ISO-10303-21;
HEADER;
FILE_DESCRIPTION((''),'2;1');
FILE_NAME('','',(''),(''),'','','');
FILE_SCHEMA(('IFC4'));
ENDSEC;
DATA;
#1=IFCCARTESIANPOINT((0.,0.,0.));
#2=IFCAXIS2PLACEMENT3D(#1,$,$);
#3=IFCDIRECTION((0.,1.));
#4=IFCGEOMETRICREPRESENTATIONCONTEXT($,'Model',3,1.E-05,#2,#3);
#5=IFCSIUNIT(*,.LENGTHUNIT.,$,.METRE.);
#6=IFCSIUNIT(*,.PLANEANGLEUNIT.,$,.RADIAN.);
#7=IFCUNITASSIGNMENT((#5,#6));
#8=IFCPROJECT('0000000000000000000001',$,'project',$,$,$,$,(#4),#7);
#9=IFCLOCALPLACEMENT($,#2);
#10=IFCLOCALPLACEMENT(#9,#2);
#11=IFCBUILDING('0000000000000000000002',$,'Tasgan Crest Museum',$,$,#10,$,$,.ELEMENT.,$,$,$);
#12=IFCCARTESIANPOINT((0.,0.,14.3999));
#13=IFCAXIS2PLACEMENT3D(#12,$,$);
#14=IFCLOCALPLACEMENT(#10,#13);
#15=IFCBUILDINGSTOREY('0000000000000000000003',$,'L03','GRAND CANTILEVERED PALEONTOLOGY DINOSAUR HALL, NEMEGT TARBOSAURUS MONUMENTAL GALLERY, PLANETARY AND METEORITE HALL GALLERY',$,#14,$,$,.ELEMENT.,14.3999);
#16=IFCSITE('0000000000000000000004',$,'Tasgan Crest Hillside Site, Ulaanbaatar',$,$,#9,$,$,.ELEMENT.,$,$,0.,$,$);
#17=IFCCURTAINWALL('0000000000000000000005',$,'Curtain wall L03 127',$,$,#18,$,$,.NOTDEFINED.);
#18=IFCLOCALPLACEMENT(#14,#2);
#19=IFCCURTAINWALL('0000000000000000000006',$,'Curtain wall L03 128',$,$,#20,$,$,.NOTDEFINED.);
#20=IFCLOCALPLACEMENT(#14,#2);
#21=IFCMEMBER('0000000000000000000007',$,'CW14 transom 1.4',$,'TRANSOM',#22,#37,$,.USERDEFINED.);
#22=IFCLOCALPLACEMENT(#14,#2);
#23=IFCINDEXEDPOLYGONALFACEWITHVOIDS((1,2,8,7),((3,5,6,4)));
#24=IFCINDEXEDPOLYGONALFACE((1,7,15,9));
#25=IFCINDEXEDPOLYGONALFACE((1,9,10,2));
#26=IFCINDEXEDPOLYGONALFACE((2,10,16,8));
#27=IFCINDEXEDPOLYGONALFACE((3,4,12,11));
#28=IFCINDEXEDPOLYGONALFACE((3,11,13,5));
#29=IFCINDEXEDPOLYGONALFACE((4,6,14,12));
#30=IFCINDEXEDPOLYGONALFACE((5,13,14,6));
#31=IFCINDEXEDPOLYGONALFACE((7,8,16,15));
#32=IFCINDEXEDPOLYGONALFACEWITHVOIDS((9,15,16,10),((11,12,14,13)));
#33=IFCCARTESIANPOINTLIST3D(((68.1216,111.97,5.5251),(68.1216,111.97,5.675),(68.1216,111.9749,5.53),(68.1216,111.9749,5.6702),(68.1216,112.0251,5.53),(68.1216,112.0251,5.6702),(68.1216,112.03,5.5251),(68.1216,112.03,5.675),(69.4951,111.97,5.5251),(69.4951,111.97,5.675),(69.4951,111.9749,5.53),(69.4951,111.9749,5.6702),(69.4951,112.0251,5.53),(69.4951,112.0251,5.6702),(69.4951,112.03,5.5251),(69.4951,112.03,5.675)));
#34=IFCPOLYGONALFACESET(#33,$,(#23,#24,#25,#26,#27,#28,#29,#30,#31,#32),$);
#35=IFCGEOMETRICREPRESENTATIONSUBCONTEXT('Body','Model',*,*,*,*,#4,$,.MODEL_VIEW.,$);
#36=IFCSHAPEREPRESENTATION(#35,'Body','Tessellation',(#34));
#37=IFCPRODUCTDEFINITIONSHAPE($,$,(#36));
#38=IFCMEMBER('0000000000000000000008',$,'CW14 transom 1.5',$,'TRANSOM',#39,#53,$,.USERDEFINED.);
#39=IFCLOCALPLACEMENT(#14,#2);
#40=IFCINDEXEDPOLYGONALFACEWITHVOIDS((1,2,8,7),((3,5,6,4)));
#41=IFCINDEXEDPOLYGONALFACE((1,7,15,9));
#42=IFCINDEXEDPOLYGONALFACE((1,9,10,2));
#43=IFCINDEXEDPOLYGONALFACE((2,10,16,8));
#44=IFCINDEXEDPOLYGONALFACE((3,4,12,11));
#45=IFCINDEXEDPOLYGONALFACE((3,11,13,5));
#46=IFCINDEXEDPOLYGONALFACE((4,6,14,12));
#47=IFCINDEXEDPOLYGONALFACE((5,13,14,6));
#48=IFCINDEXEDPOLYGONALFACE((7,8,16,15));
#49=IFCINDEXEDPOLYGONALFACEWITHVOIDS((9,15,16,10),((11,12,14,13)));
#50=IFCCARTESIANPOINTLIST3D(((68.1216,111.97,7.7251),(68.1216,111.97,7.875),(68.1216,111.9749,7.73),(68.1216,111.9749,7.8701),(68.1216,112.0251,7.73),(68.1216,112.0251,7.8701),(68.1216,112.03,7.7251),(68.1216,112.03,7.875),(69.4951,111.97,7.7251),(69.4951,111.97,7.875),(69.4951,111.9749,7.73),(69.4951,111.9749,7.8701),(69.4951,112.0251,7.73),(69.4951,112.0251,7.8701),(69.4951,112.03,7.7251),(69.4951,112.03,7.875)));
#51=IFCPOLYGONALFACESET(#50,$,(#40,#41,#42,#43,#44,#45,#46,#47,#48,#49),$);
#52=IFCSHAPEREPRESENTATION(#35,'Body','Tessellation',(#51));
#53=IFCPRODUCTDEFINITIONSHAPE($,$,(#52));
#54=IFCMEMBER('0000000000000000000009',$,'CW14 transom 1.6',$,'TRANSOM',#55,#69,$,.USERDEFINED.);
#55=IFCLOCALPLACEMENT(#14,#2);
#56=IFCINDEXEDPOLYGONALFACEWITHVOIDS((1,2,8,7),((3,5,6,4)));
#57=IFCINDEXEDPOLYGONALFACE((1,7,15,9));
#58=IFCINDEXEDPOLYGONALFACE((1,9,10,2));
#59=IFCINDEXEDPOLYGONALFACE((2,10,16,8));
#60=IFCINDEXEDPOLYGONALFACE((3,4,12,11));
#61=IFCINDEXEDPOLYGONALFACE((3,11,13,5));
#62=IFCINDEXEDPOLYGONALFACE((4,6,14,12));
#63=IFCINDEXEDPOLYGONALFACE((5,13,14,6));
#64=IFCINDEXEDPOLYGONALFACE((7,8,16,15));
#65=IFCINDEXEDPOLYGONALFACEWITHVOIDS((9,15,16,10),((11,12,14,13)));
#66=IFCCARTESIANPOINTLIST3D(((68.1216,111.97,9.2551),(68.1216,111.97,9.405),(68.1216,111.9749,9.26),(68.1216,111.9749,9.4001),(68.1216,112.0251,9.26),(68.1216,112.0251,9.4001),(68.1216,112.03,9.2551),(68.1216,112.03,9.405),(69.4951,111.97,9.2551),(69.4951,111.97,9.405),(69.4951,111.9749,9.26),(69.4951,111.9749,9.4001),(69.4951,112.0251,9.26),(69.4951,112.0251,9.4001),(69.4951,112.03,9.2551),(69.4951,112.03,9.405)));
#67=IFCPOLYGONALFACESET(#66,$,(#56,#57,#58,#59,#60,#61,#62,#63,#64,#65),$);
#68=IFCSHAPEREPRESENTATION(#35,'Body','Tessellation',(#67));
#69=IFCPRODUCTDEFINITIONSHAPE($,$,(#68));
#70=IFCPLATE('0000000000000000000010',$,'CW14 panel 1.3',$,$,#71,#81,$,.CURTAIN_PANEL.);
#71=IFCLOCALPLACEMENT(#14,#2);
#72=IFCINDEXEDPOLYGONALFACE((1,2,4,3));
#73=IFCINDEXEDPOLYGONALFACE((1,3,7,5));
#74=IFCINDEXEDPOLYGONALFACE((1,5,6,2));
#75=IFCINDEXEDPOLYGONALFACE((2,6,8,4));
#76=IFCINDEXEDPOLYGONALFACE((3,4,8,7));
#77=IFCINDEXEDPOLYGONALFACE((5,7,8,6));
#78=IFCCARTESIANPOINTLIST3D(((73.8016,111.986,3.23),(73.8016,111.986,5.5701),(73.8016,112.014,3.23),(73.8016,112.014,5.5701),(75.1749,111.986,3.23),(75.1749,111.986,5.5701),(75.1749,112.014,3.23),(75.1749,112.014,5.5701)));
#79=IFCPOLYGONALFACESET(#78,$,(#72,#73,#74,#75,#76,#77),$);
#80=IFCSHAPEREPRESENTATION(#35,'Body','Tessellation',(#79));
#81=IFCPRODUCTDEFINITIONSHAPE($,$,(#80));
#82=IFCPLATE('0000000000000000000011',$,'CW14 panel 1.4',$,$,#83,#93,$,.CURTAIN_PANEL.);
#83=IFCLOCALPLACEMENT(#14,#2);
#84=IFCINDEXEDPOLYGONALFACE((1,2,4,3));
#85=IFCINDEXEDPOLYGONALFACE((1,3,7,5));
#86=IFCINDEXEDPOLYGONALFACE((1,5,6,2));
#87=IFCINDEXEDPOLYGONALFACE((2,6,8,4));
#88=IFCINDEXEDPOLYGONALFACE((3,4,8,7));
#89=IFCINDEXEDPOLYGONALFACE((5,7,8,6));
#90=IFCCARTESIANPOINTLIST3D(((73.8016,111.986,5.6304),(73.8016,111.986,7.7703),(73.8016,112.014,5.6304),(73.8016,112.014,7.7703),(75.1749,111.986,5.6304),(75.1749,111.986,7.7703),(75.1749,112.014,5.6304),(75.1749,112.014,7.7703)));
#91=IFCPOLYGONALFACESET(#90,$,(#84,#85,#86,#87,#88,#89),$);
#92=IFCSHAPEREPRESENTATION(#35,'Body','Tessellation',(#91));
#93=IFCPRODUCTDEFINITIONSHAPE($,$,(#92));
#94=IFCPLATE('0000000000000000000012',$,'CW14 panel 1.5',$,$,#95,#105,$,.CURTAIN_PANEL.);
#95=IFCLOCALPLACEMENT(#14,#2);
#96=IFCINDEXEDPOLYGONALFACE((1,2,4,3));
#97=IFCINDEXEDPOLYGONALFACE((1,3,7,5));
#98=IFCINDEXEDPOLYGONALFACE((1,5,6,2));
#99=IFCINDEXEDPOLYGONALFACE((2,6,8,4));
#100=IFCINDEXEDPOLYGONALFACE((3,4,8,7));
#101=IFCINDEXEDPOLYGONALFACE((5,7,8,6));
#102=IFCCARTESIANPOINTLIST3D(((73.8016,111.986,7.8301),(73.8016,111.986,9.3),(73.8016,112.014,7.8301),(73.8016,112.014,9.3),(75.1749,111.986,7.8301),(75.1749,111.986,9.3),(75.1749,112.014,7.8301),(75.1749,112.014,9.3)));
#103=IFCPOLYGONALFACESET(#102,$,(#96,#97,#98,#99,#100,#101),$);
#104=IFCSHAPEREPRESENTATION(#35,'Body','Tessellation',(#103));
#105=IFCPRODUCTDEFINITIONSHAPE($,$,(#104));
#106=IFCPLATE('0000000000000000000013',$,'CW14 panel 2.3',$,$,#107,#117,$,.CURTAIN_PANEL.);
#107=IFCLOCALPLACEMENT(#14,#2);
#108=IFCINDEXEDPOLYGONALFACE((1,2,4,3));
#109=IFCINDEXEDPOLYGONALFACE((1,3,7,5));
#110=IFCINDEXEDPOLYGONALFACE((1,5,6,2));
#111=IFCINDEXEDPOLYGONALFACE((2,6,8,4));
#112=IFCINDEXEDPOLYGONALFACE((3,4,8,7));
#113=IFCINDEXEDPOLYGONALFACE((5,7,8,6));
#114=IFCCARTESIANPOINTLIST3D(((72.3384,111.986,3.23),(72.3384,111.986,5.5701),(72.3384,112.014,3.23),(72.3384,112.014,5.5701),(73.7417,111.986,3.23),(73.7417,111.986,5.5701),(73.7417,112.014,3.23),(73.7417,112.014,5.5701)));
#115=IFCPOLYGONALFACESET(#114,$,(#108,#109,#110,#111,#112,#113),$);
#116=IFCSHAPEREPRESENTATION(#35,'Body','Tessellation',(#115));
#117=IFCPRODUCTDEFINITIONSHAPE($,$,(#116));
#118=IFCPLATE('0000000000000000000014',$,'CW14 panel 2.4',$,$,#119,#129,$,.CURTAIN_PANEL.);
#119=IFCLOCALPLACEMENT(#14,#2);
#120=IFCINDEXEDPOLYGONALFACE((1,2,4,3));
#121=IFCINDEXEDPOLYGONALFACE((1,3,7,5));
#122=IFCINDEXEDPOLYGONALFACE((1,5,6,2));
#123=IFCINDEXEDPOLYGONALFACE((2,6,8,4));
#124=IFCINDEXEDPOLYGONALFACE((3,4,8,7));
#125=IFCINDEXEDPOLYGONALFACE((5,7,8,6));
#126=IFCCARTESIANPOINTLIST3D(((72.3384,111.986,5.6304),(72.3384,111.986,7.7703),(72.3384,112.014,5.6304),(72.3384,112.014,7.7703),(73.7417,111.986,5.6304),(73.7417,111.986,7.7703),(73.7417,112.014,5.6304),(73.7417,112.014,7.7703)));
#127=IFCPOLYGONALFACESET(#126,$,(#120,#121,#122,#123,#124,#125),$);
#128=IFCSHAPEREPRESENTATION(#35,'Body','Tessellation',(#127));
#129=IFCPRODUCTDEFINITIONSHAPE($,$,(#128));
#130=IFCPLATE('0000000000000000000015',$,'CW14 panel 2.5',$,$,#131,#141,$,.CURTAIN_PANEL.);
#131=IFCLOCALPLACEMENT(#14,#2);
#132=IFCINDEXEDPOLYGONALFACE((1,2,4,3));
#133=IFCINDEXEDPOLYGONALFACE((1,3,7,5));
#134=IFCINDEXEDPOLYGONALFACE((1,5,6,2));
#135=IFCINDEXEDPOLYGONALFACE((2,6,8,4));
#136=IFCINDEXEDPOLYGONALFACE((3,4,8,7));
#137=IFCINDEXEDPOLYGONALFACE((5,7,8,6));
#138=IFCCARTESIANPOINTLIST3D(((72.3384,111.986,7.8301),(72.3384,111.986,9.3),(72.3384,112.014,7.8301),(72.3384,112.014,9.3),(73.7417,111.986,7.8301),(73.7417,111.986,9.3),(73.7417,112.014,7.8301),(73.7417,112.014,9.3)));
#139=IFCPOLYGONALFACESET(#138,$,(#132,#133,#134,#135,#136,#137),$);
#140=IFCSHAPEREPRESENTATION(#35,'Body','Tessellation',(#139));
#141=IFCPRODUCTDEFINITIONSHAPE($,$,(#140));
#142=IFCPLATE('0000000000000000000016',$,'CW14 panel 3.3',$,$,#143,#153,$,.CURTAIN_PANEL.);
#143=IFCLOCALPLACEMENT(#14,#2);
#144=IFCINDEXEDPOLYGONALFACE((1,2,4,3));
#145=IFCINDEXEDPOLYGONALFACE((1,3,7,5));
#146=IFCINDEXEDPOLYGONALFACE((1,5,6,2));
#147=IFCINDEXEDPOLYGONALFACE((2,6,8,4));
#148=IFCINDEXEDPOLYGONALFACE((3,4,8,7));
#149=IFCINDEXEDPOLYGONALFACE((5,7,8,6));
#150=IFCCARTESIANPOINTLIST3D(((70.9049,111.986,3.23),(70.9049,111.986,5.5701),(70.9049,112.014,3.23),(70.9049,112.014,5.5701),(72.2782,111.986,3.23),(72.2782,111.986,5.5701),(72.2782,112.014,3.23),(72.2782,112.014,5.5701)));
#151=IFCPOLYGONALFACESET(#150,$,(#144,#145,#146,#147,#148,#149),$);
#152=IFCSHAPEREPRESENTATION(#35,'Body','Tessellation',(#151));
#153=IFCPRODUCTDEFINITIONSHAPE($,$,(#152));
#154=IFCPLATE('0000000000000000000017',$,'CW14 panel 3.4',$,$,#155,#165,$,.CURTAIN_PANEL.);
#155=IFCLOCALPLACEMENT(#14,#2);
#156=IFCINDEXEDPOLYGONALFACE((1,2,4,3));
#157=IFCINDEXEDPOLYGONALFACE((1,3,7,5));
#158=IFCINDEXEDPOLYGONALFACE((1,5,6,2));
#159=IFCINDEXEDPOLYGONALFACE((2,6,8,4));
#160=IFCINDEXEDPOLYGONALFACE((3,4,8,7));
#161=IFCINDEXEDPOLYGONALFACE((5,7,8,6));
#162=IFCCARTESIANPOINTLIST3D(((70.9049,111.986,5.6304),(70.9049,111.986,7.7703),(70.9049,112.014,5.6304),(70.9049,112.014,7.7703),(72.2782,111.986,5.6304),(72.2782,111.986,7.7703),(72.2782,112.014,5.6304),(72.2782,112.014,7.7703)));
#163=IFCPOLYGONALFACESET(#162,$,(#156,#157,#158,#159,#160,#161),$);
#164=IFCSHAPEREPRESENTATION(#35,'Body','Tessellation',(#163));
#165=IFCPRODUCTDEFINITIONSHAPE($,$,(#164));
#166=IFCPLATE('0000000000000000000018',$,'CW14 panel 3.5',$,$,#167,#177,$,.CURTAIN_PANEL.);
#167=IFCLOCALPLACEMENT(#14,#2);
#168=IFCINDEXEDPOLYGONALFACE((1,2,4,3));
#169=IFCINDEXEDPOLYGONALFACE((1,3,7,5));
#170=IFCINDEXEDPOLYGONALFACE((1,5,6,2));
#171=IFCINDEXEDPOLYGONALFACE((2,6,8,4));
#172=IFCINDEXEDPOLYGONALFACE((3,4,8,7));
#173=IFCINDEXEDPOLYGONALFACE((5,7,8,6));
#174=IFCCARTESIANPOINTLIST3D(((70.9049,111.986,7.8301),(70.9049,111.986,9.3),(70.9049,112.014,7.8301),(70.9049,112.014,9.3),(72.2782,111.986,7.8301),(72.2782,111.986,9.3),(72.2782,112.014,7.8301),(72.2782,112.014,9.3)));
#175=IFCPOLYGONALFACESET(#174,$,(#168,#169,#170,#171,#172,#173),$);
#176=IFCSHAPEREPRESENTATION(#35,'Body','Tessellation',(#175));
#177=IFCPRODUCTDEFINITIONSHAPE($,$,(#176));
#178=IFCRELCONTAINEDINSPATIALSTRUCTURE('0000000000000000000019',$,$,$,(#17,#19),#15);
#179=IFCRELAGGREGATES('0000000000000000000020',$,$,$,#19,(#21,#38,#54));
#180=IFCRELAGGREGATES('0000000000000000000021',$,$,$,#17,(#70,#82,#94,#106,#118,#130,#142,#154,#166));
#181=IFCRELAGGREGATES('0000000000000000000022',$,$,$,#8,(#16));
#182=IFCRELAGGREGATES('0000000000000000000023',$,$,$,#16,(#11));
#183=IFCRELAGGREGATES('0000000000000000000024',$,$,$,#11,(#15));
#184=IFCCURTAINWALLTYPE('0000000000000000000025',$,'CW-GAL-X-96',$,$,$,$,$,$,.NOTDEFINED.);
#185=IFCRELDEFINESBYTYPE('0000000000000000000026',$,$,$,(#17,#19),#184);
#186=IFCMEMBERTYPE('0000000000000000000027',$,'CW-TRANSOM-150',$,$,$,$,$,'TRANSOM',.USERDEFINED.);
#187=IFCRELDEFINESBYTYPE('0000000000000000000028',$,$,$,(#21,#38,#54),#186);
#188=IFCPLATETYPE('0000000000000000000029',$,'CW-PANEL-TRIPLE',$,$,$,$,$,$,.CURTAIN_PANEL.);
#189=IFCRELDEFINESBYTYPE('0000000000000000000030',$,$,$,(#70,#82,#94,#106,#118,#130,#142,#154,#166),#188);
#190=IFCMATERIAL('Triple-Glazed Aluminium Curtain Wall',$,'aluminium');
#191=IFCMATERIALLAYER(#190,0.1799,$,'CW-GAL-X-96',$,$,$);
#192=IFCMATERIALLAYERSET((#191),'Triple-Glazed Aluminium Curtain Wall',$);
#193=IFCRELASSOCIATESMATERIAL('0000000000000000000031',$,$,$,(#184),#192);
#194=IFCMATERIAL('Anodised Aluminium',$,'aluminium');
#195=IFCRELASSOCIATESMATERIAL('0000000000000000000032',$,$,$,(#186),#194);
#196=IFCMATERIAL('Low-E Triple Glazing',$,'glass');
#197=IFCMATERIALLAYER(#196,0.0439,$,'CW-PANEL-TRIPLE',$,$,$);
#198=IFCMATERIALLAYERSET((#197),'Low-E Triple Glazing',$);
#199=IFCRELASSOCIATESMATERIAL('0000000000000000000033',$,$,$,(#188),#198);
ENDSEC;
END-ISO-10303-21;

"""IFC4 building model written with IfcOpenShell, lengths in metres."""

from ifc_helpers import new_model, si_unit, direction, frame, origin, origin_2d, place, context, subcontext, project, spatial, rectangle, hollow_rectangle, extrude, material, layer, layer_set, material_profile, profile_set, type_object, element, aggregate, save


model = new_model("IFC4")

# Units and contexts
model_context = context("Model", 3, precision=1e-05, world=origin(), true_north=direction((0.0, 1.0)))
body_context = subcontext(model_context, "Body", "Model", "MODEL_VIEW")
ifc_project = project(units=[si_unit("LENGTHUNIT", "METRE"), si_unit("PLANEANGLEUNIT", "RADIAN")], contexts=[model_context])

# Site, building, storey
site_placement = place(None, origin())
site = spatial("IfcSite", under=ifc_project, at=site_placement, Name="Tasgan Crest Hillside Site, Ulaanbaatar", CompositionType="ELEMENT", RefElevation=0.0)
building_placement = place(site_placement, origin())
building = spatial("IfcBuilding", under=site, at=building_placement, Name="Tasgan Crest Museum", CompositionType="ELEMENT")
storey_placement = place(building_placement, frame((0.0, 0.0, 14.3999)))
storey = spatial("IfcBuildingStorey", under=building, at=storey_placement, Name="L03", Description="GRAND CANTILEVERED PALEONTOLOGY DINOSAUR HALL, NEMEGT TARBOSAURUS MONUMENTAL GALLERY, PLANETARY AND METEORITE HALL GALLERY", CompositionType="ELEMENT", Elevation=14.3999)

# Curtain walls, members
ifc_material_1 = material(Name="Triple-Glazed Aluminium Curtain Wall", Category="aluminium")
ifc_layer_1 = layer(ifc_material_1, 0.1799, Name="CW-GAL-X-96")
ifc_layer_set_1 = layer_set([ifc_layer_1], Name="Triple-Glazed Aluminium Curtain Wall")
curtain_wall_type = type_object("IfcCurtainWallType", Name="CW-GAL-X-96", PredefinedType="NOTDEFINED", material=ifc_layer_set_1)
curtain_wall_1_placement = place(storey_placement, origin())
curtain_wall_1 = element("IfcCurtainWall", 1, at=curtain_wall_1_placement, inside=storey, type_object=curtain_wall_type, Name="Curtain wall L03 127", PredefinedType="NOTDEFINED")
ifc_material_2 = material(Name="Anodised Aluminium", Category="aluminium")
ifc_material_profile = material_profile(ifc_material_2, hollow_rectangle(XDim=0.0601, YDim=0.1499, WallThickness=0.0049, at=origin_2d()), Name="ALU TRANSOM 150x60x5")
ifc_profile_set = profile_set([ifc_material_profile], Name="Anodised Aluminium")
member_type = type_object("IfcMemberType", Name="CW-TRANSOM-150", ElementType="TRANSOM", PredefinedType="USERDEFINED", material=ifc_profile_set)
curtain_wall_2_placement = place(storey_placement, origin())
curtain_wall_2 = element("IfcCurtainWall", 2, at=curtain_wall_2_placement, inside=storey, type_object=curtain_wall_type, Name="Curtain wall L03 128", PredefinedType="NOTDEFINED")
member_1_placement = place(storey_placement, frame((69.4951, 112.0, 5.6001), z_axis=(-1.0, 0.0, 0.0), x_axis=(0.0, -1.0, 0.0)))
member_1 = element("IfcMember", 3, at=member_1_placement, type_object=member_type, Name="CW14 transom 1.4", ObjectType="TRANSOM", PredefinedType="USERDEFINED", context=body_context, shape_type="SweptSolid", body=[
    extrude(hollow_rectangle(XDim=0.0601, YDim=0.1499, WallThickness=0.0049, at=origin_2d()), origin(), (0.0, 0.0, 1.0), 1.3735),
])
member_2_placement = place(storey_placement, frame((69.4951, 112.0, 7.8), z_axis=(-1.0, 0.0, 0.0), x_axis=(0.0, -1.0, 0.0)))
member_2 = element("IfcMember", 4, at=member_2_placement, type_object=member_type, Name="CW14 transom 1.5", ObjectType="TRANSOM", PredefinedType="USERDEFINED", context=body_context, shape_type="SweptSolid", body=[
    extrude(hollow_rectangle(XDim=0.0601, YDim=0.1499, WallThickness=0.0049, at=origin_2d()), origin(), (0.0, 0.0, 1.0), 1.3735),
])
member_3_placement = place(storey_placement, frame((69.4951, 112.0, 9.3301), z_axis=(-1.0, 0.0, 0.0), x_axis=(0.0, -1.0, 0.0)))
member_3 = element("IfcMember", 5, at=member_3_placement, type_object=member_type, Name="CW14 transom 1.6", ObjectType="TRANSOM", PredefinedType="USERDEFINED", context=body_context, shape_type="SweptSolid", body=[
    extrude(hollow_rectangle(XDim=0.0601, YDim=0.1499, WallThickness=0.0049, at=origin_2d()), origin(), (0.0, 0.0, 1.0), 1.3735),
])
aggregate(curtain_wall_2, [member_1, member_2, member_3])

# Plates
ifc_material_3 = material(Name="Low-E Triple Glazing", Category="glass")
ifc_layer_2 = layer(ifc_material_3, 0.0439, Name="CW-PANEL-TRIPLE")
ifc_layer_set_2 = layer_set([ifc_layer_2], Name="Low-E Triple Glazing")
plate_type = type_object("IfcPlateType", Name="CW-PANEL-TRIPLE", PredefinedType="CURTAIN_PANEL", material=ifc_layer_set_2)
plate_1_placement = place(storey_placement, frame((74.4883, 112.0, 3.23), z_axis=(0.0, 0.0, 1.0), x_axis=(-1.0, 0.0, 0.0)))
plate_1 = element("IfcPlate", 6, at=plate_1_placement, type_object=plate_type, Name="CW14 panel 1.3", PredefinedType="CURTAIN_PANEL", context=body_context, shape_type="SweptSolid", body=[
    extrude(rectangle(XDim=1.3733, YDim=0.0281, at=origin_2d()), origin(), (0.0, 0.0, 1.0), 2.3401),
])
plate_2_placement = place(storey_placement, frame((74.4883, 112.0, 5.6304), z_axis=(0.0, 0.0, 1.0), x_axis=(-1.0, 0.0, 0.0)))
plate_2 = element("IfcPlate", 7, at=plate_2_placement, type_object=plate_type, Name="CW14 panel 1.4", PredefinedType="CURTAIN_PANEL", context=body_context, shape_type="SweptSolid", body=[
    extrude(rectangle(XDim=1.3733, YDim=0.0281, at=origin_2d()), origin(), (0.0, 0.0, 1.0), 2.1399),
])
plate_3_placement = place(storey_placement, frame((74.4883, 112.0, 7.8301), z_axis=(0.0, 0.0, 1.0), x_axis=(-1.0, 0.0, 0.0)))
plate_3 = element("IfcPlate", 8, at=plate_3_placement, type_object=plate_type, Name="CW14 panel 1.5", PredefinedType="CURTAIN_PANEL", context=body_context, shape_type="SweptSolid", body=[
    extrude(rectangle(XDim=1.3733, YDim=0.0281, at=origin_2d()), origin(), (0.0, 0.0, 1.0), 1.47),
])
plate_4_placement = place(storey_placement, frame((73.04, 112.0, 3.23), z_axis=(0.0, 0.0, 1.0), x_axis=(-1.0, 0.0, 0.0)))
plate_4 = element("IfcPlate", 9, at=plate_4_placement, type_object=plate_type, Name="CW14 panel 2.3", PredefinedType="CURTAIN_PANEL", context=body_context, shape_type="SweptSolid", body=[
    extrude(rectangle(XDim=1.4033, YDim=0.0281, at=origin_2d()), origin(), (0.0, 0.0, 1.0), 2.3401),
])
plate_5_placement = place(storey_placement, frame((73.04, 112.0, 5.6304), z_axis=(0.0, 0.0, 1.0), x_axis=(-1.0, 0.0, 0.0)))
plate_5 = element("IfcPlate", 10, at=plate_5_placement, type_object=plate_type, Name="CW14 panel 2.4", PredefinedType="CURTAIN_PANEL", context=body_context, shape_type="SweptSolid", body=[
    extrude(rectangle(XDim=1.4033, YDim=0.0281, at=origin_2d()), origin(), (0.0, 0.0, 1.0), 2.1399),
])
plate_6_placement = place(storey_placement, frame((73.04, 112.0, 7.8301), z_axis=(0.0, 0.0, 1.0), x_axis=(-1.0, 0.0, 0.0)))
plate_6 = element("IfcPlate", 11, at=plate_6_placement, type_object=plate_type, Name="CW14 panel 2.5", PredefinedType="CURTAIN_PANEL", context=body_context, shape_type="SweptSolid", body=[
    extrude(rectangle(XDim=1.4033, YDim=0.0281, at=origin_2d()), origin(), (0.0, 0.0, 1.0), 1.47),
])
plate_7_placement = place(storey_placement, frame((71.5916, 112.0, 3.23), z_axis=(0.0, 0.0, 1.0), x_axis=(-1.0, 0.0, 0.0)))
plate_7 = element("IfcPlate", 12, at=plate_7_placement, type_object=plate_type, Name="CW14 panel 3.3", PredefinedType="CURTAIN_PANEL", context=body_context, shape_type="SweptSolid", body=[
    extrude(rectangle(XDim=1.3733, YDim=0.0281, at=origin_2d()), origin(), (0.0, 0.0, 1.0), 2.3401),
])
plate_8_placement = place(storey_placement, frame((71.5916, 112.0, 5.6304), z_axis=(0.0, 0.0, 1.0), x_axis=(-1.0, 0.0, 0.0)))
plate_8 = element("IfcPlate", 13, at=plate_8_placement, type_object=plate_type, Name="CW14 panel 3.4", PredefinedType="CURTAIN_PANEL", context=body_context, shape_type="SweptSolid", body=[
    extrude(rectangle(XDim=1.3733, YDim=0.0281, at=origin_2d()), origin(), (0.0, 0.0, 1.0), 2.1399),
])
plate_9_placement = place(storey_placement, frame((71.5916, 112.0, 7.8301), z_axis=(0.0, 0.0, 1.0), x_axis=(-1.0, 0.0, 0.0)))
plate_9 = element("IfcPlate", 14, at=plate_9_placement, type_object=plate_type, Name="CW14 panel 3.5", PredefinedType="CURTAIN_PANEL", context=body_context, shape_type="SweptSolid", body=[
    extrude(rectangle(XDim=1.3733, YDim=0.0281, at=origin_2d()), origin(), (0.0, 0.0, 1.0), 1.47),
])
aggregate(curtain_wall_1, [plate_1, plate_2, plate_3, plate_4, plate_5, plate_6, plate_7, plate_8, plate_9])

save(model, "model.ifc")
